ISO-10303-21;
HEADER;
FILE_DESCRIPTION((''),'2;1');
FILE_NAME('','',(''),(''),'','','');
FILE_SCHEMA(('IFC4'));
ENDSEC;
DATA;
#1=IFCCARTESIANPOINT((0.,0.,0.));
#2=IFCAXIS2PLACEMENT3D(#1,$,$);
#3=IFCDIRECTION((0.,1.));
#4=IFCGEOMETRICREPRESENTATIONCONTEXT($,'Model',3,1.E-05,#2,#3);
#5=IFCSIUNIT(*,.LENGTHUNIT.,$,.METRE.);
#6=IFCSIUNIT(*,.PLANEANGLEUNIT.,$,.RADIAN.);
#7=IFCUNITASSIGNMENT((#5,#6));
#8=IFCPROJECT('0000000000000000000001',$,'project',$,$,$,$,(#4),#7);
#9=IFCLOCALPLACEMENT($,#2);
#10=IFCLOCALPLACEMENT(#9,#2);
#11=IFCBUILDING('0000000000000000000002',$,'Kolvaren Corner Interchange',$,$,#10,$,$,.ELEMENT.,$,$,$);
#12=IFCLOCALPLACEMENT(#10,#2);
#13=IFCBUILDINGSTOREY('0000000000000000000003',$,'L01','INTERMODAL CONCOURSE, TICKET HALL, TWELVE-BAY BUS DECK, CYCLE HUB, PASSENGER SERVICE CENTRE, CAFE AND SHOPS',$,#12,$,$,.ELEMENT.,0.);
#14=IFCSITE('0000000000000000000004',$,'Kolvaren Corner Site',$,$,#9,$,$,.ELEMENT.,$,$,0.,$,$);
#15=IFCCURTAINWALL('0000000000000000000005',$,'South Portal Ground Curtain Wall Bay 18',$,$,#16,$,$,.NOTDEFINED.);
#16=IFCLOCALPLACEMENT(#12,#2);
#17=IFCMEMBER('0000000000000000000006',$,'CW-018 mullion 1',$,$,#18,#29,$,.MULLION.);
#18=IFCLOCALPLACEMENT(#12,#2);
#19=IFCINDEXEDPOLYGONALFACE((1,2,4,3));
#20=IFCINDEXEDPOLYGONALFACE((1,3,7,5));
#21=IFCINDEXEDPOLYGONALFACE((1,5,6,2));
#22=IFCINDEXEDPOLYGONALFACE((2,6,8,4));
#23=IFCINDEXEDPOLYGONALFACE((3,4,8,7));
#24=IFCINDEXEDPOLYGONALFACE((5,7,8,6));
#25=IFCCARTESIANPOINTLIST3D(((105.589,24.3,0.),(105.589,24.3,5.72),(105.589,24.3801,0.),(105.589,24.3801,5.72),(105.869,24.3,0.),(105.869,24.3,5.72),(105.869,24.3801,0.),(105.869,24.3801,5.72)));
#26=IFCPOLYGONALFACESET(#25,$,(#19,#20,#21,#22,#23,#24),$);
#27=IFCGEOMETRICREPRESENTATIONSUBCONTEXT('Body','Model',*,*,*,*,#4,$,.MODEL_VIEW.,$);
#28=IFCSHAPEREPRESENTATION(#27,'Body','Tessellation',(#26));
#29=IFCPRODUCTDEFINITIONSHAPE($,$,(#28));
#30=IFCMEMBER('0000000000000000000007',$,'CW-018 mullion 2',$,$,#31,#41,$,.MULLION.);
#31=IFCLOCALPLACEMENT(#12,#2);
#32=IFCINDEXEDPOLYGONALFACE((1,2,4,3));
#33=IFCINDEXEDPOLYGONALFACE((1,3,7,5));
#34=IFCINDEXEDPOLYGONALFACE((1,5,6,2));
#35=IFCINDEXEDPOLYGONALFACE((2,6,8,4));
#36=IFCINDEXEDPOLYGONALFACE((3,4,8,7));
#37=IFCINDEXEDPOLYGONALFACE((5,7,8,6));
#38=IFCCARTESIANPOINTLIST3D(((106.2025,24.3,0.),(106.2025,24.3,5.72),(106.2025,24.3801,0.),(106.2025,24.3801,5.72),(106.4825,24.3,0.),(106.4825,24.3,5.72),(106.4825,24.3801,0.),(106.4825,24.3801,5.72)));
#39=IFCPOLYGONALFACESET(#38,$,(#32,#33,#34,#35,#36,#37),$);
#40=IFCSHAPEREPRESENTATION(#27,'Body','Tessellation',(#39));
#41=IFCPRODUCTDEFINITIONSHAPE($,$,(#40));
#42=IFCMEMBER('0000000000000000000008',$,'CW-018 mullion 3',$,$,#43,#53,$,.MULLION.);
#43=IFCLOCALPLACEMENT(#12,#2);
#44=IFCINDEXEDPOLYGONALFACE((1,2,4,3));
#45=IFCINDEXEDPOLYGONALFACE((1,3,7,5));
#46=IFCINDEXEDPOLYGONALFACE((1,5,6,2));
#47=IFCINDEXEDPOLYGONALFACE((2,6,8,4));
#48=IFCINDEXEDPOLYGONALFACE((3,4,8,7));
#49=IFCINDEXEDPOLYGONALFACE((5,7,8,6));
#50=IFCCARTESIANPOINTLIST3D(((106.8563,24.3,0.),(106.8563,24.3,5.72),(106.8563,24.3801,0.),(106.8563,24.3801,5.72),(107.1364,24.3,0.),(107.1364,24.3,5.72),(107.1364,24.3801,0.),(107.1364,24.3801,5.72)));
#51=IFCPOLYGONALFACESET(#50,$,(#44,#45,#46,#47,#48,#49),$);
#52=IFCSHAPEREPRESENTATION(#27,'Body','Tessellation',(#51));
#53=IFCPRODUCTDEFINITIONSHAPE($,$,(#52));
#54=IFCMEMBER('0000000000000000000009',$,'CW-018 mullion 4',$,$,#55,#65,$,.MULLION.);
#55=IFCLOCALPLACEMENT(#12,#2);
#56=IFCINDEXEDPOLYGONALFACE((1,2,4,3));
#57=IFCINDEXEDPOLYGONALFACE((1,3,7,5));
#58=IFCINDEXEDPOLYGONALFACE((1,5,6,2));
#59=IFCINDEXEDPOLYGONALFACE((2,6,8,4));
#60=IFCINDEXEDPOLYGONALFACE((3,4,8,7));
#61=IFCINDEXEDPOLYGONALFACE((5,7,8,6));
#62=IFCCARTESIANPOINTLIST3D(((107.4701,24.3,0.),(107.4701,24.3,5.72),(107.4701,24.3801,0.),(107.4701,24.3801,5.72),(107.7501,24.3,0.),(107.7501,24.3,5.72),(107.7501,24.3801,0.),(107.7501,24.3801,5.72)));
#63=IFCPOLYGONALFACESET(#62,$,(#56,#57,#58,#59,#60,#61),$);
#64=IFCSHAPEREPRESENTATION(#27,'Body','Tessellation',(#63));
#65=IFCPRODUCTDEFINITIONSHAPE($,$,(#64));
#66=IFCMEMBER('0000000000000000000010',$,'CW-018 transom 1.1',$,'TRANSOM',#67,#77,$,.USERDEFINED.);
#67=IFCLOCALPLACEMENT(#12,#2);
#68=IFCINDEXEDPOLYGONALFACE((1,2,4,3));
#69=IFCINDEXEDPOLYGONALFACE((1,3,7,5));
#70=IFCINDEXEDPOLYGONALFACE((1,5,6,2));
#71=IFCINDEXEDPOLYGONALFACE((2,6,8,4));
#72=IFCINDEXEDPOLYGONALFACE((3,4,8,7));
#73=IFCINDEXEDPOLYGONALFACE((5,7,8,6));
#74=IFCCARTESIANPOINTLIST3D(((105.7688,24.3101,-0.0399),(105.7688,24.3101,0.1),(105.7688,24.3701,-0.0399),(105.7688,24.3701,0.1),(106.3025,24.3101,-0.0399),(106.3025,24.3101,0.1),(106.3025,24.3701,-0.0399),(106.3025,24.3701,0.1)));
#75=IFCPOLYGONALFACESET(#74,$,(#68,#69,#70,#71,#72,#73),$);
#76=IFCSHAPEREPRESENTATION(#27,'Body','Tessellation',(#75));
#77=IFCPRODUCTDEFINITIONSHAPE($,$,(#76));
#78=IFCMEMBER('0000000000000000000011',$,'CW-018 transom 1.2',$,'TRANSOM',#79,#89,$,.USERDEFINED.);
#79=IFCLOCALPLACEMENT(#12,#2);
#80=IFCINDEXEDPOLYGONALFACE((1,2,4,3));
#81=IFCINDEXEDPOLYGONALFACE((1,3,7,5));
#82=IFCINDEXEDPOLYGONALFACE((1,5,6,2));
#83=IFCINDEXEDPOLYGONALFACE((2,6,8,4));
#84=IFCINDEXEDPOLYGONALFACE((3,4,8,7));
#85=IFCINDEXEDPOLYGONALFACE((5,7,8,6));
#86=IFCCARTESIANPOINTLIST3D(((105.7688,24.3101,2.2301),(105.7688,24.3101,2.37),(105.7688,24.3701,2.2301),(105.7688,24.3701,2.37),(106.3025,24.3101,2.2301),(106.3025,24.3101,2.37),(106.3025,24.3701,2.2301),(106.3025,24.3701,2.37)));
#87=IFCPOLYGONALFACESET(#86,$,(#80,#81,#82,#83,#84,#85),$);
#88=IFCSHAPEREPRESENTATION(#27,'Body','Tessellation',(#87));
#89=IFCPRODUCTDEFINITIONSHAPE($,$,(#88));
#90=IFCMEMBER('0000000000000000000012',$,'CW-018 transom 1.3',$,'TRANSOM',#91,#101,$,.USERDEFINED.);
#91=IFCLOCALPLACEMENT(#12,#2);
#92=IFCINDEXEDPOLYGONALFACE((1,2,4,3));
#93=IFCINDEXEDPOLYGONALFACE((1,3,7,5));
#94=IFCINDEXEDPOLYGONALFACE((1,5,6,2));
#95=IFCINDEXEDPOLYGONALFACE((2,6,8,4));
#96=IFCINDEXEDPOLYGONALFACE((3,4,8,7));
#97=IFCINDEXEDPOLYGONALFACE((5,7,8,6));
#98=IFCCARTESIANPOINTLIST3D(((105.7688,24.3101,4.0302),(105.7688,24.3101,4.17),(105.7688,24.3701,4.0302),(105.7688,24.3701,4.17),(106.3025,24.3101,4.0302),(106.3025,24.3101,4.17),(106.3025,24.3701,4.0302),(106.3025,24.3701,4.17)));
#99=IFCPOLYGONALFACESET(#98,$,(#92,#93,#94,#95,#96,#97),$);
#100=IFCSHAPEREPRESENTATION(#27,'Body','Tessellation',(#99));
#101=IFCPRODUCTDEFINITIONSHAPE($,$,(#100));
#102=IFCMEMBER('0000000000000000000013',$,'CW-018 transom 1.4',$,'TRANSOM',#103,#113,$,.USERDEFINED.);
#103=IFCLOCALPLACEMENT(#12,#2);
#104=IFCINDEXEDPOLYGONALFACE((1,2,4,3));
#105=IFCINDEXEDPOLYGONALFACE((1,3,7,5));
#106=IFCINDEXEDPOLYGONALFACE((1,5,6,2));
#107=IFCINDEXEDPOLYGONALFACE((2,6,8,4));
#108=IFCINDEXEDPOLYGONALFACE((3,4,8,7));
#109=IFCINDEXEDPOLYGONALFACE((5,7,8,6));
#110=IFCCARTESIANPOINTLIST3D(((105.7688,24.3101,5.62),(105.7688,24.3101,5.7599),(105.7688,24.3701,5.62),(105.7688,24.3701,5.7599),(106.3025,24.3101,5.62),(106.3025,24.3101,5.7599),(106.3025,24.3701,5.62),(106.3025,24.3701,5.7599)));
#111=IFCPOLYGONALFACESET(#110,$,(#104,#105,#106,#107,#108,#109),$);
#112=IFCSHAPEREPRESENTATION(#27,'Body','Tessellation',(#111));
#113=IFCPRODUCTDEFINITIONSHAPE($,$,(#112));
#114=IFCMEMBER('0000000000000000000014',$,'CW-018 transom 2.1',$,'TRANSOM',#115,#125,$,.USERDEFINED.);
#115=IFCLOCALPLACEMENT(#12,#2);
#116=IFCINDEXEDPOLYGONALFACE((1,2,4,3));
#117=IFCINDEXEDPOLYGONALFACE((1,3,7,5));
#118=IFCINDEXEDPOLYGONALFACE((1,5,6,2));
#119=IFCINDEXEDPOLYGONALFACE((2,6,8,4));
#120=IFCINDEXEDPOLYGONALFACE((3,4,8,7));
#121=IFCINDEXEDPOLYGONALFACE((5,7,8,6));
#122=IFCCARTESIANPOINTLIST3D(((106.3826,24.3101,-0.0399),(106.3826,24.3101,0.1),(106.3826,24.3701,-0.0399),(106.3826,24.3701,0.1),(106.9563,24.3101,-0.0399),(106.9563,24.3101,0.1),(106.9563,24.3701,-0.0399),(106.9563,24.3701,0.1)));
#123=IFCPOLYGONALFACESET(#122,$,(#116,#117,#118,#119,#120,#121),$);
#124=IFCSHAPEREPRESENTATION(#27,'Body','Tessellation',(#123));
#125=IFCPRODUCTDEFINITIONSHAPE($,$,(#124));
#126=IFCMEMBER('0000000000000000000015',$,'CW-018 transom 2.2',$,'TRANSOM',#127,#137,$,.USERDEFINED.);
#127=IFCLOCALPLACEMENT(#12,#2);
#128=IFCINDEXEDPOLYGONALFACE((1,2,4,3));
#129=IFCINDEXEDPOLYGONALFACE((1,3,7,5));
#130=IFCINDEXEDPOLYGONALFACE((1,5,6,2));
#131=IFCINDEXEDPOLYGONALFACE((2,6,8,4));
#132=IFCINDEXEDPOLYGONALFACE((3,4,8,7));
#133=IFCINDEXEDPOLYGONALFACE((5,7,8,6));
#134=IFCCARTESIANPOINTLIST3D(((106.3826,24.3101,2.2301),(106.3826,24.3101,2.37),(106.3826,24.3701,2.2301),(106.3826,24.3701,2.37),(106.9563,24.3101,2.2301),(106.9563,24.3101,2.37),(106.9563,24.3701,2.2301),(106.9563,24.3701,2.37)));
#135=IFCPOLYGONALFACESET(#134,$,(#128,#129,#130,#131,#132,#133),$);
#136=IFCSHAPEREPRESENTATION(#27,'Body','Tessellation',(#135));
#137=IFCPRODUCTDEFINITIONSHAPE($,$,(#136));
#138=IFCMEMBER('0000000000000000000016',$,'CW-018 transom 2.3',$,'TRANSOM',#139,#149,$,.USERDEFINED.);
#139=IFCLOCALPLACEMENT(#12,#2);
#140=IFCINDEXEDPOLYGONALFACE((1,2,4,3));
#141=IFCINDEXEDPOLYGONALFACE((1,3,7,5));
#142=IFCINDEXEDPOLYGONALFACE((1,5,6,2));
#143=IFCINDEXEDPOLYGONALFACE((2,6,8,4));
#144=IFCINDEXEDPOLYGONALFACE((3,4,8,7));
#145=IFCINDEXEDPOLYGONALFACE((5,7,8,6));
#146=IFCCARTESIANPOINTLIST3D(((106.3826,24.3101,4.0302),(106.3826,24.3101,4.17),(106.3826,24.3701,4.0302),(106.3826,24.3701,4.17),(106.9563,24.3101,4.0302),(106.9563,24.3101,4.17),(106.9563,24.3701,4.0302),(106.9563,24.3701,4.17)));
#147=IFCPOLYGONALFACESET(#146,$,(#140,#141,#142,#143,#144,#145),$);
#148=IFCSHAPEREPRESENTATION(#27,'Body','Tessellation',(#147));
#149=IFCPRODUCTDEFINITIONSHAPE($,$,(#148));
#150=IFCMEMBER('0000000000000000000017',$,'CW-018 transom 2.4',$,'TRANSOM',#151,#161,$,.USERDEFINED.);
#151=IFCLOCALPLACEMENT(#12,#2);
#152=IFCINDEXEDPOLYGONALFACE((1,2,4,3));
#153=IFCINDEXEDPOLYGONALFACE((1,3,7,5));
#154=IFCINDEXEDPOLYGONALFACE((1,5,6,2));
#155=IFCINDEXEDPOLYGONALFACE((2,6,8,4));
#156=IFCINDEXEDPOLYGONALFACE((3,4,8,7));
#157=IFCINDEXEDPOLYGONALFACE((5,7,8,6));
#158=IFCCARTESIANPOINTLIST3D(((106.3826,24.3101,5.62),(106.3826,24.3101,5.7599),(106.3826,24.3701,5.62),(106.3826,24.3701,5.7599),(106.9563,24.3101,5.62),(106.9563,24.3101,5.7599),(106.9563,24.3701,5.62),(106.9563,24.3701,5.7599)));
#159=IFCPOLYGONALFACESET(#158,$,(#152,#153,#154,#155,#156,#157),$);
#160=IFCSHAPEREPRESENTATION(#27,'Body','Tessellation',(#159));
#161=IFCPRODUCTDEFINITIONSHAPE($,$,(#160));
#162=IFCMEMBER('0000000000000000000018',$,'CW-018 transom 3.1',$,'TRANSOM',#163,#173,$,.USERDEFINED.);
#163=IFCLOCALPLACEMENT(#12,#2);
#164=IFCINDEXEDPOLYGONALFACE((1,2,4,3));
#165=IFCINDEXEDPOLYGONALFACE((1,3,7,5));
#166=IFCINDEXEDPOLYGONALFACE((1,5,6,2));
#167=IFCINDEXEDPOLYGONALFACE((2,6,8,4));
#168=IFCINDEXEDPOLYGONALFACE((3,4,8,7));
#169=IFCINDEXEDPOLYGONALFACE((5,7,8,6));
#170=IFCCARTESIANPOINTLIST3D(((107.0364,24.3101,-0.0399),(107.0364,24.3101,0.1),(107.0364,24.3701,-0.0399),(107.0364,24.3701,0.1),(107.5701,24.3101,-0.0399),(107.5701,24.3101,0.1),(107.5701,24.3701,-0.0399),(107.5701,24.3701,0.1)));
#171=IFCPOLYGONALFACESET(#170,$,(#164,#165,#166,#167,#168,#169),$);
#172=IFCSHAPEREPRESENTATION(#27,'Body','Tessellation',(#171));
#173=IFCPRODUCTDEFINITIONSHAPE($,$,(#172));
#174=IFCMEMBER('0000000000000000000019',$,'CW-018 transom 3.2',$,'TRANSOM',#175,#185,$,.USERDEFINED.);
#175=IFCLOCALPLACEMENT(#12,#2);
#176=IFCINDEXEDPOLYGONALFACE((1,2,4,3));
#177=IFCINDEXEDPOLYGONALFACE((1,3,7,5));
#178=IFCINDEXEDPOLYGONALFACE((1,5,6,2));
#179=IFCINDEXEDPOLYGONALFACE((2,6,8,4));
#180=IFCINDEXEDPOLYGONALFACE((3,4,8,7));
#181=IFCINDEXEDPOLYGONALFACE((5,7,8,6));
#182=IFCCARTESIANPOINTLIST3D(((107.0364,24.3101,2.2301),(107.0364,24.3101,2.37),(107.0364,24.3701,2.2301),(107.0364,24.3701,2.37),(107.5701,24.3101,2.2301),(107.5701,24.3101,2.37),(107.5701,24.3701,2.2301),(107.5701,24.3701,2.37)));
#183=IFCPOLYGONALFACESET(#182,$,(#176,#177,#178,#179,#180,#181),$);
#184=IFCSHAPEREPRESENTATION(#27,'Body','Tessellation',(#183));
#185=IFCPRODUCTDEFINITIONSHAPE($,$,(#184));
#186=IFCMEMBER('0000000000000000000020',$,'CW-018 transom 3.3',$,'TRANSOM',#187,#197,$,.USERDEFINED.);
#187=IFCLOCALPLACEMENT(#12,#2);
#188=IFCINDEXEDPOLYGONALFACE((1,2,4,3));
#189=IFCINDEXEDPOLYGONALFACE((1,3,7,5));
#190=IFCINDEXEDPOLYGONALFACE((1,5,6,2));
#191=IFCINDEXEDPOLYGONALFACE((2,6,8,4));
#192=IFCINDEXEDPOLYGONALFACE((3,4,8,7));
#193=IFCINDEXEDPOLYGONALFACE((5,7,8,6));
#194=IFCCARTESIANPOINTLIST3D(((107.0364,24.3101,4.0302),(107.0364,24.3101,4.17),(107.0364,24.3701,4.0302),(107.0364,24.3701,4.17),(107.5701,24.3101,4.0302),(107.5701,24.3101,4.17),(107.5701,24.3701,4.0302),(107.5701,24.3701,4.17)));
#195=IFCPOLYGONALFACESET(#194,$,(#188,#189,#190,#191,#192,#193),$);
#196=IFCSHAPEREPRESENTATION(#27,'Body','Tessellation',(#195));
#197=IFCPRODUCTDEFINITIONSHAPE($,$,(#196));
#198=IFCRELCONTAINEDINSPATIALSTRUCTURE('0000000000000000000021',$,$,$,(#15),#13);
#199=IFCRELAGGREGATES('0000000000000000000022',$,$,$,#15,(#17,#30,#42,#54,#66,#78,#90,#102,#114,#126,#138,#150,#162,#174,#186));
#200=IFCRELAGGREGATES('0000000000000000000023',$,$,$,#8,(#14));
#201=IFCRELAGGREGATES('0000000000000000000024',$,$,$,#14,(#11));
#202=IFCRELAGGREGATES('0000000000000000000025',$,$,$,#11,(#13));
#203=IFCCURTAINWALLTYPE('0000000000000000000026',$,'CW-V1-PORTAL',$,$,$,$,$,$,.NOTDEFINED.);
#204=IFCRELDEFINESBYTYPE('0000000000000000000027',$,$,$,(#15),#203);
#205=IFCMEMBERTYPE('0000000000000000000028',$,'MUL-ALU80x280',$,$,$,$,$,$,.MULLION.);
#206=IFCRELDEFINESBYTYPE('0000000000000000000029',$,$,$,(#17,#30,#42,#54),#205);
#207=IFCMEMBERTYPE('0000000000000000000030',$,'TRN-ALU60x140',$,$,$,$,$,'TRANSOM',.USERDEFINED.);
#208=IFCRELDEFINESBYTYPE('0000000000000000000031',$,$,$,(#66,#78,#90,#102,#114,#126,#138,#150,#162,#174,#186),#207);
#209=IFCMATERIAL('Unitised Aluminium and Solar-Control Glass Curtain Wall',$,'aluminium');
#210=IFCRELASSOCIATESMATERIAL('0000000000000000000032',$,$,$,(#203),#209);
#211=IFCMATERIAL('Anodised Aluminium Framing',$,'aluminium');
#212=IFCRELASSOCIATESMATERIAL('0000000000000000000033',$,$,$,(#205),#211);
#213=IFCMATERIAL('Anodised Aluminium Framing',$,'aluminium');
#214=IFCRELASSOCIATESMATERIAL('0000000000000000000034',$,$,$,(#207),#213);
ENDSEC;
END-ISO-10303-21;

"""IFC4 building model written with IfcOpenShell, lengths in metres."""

from ifc_helpers import new_model, si_unit, direction, frame, origin, origin_2d, place, context, subcontext, project, spatial, rectangle, extrude, material, material_profile, profile_set, type_object, element, aggregate, save


model = new_model("IFC4")

# Units and contexts
model_context = context("Model", 3, precision=1e-05, world=origin(), true_north=direction((0.0, 1.0)))
body_context = subcontext(model_context, "Body", "Model", "MODEL_VIEW")
ifc_project = project(units=[si_unit("LENGTHUNIT", "METRE"), si_unit("PLANEANGLEUNIT", "RADIAN")], contexts=[model_context])

# Site, building, storey
site_placement = place(None, origin())
site = spatial("IfcSite", under=ifc_project, at=site_placement, Name="Kolvaren Corner Site", CompositionType="ELEMENT", RefElevation=0.0)
building_placement = place(site_placement, origin())
building = spatial("IfcBuilding", under=site, at=building_placement, Name="Kolvaren Corner Interchange", CompositionType="ELEMENT")
storey_placement = place(building_placement, origin())
storey = spatial("IfcBuildingStorey", under=building, at=storey_placement, Name="L01", Description="INTERMODAL CONCOURSE, TICKET HALL, TWELVE-BAY BUS DECK, CYCLE HUB, PASSENGER SERVICE CENTRE, CAFE AND SHOPS", CompositionType="ELEMENT", Elevation=0.0)

# Curtain wall, members
ifc_material_1 = material(Name="Unitised Aluminium and Solar-Control Glass Curtain Wall", Category="aluminium")
curtain_wall_type = type_object("IfcCurtainWallType", Name="CW-V1-PORTAL", PredefinedType="NOTDEFINED", material=ifc_material_1)
curtain_wall_placement = place(storey_placement, origin())
curtain_wall = element("IfcCurtainWall", 1, at=curtain_wall_placement, inside=storey, type_object=curtain_wall_type, Name="South Portal Ground Curtain Wall Bay 18", PredefinedType="NOTDEFINED")
ifc_material_2 = material(Name="Anodised Aluminium Framing", Category="aluminium")
ifc_material_profile_1 = material_profile(ifc_material_2, rectangle(XDim=0.0801, YDim=0.28, at=origin_2d()), Name="ALU 80x280")
ifc_profile_set_1 = profile_set([ifc_material_profile_1], Name="Anodised Aluminium Framing")
member_type_1 = type_object("IfcMemberType", Name="MUL-ALU80x280", PredefinedType="MULLION", material=ifc_profile_set_1)
member_1_placement = place(storey_placement, frame((105.729, 24.3401, 0.0), z_axis=(0.0, 0.0, 1.0), x_axis=(0.0, 1.0, 0.0)))
member_1 = element("IfcMember", 2, at=member_1_placement, type_object=member_type_1, Name="CW-018 mullion 1", PredefinedType="MULLION", context=body_context, shape_type="SweptSolid", body=[
    extrude(rectangle(XDim=0.0801, YDim=0.28, at=origin_2d()), origin(), (0.0, 0.0, 1.0), 5.72),
])
member_2_placement = place(storey_placement, frame((106.3425, 24.3401, 0.0), z_axis=(0.0, 0.0, 1.0), x_axis=(0.0, 1.0, 0.0)))
member_2 = element("IfcMember", 3, at=member_2_placement, type_object=member_type_1, Name="CW-018 mullion 2", PredefinedType="MULLION", context=body_context, shape_type="SweptSolid", body=[
    extrude(rectangle(XDim=0.0801, YDim=0.28, at=origin_2d()), origin(), (0.0, 0.0, 1.0), 5.72),
])
member_3_placement = place(storey_placement, frame((106.9963, 24.3401, 0.0), z_axis=(0.0, 0.0, 1.0), x_axis=(0.0, 1.0, 0.0)))
member_3 = element("IfcMember", 4, at=member_3_placement, type_object=member_type_1, Name="CW-018 mullion 3", PredefinedType="MULLION", context=body_context, shape_type="SweptSolid", body=[
    extrude(rectangle(XDim=0.0801, YDim=0.28, at=origin_2d()), origin(), (0.0, 0.0, 1.0), 5.72),
])
member_4_placement = place(storey_placement, frame((107.6101, 24.3401, 0.0), z_axis=(0.0, 0.0, 1.0), x_axis=(0.0, 1.0, 0.0)))
member_4 = element("IfcMember", 5, at=member_4_placement, type_object=member_type_1, Name="CW-018 mullion 4", PredefinedType="MULLION", context=body_context, shape_type="SweptSolid", body=[
    extrude(rectangle(XDim=0.0801, YDim=0.28, at=origin_2d()), origin(), (0.0, 0.0, 1.0), 5.72),
])
ifc_material_3 = material(Name="Anodised Aluminium Framing", Category="aluminium")
ifc_material_profile_2 = material_profile(ifc_material_3, rectangle(XDim=0.0601, YDim=0.1399, at=origin_2d()), Name="ALU 60x140")
ifc_profile_set_2 = profile_set([ifc_material_profile_2], Name="Anodised Aluminium Framing")
member_type_2 = type_object("IfcMemberType", Name="TRN-ALU60x140", ElementType="TRANSOM", PredefinedType="USERDEFINED", material=ifc_profile_set_2)
member_5_placement = place(storey_placement, frame((105.7688, 24.3401, 0.03), z_axis=(1.0, 0.0, 0.0), x_axis=(0.0, 1.0, 0.0)))
member_5 = element("IfcMember", 6, at=member_5_placement, type_object=member_type_2, Name="CW-018 transom 1.1", ObjectType="TRANSOM", PredefinedType="USERDEFINED", context=body_context, shape_type="SweptSolid", body=[
    extrude(rectangle(XDim=0.0601, YDim=0.1399, at=origin_2d()), origin(), (0.0, 0.0, 1.0), 0.5337),
])
member_6_placement = place(storey_placement, frame((105.7688, 24.3401, 2.3), z_axis=(1.0, 0.0, 0.0), x_axis=(0.0, 1.0, 0.0)))
member_6 = element("IfcMember", 7, at=member_6_placement, type_object=member_type_2, Name="CW-018 transom 1.2", ObjectType="TRANSOM", PredefinedType="USERDEFINED", context=body_context, shape_type="SweptSolid", body=[
    extrude(rectangle(XDim=0.0601, YDim=0.1399, at=origin_2d()), origin(), (0.0, 0.0, 1.0), 0.5337),
])
member_7_placement = place(storey_placement, frame((105.7688, 24.3401, 4.1001), z_axis=(1.0, 0.0, 0.0), x_axis=(0.0, 1.0, 0.0)))
member_7 = element("IfcMember", 8, at=member_7_placement, type_object=member_type_2, Name="CW-018 transom 1.3", ObjectType="TRANSOM", PredefinedType="USERDEFINED", context=body_context, shape_type="SweptSolid", body=[
    extrude(rectangle(XDim=0.0601, YDim=0.1399, at=origin_2d()), origin(), (0.0, 0.0, 1.0), 0.5337),
])
member_8_placement = place(storey_placement, frame((105.7688, 24.3401, 5.6899), z_axis=(1.0, 0.0, 0.0), x_axis=(0.0, 1.0, 0.0)))
member_8 = element("IfcMember", 9, at=member_8_placement, type_object=member_type_2, Name="CW-018 transom 1.4", ObjectType="TRANSOM", PredefinedType="USERDEFINED", context=body_context, shape_type="SweptSolid", body=[
    extrude(rectangle(XDim=0.0601, YDim=0.1399, at=origin_2d()), origin(), (0.0, 0.0, 1.0), 0.5337),
])
member_9_placement = place(storey_placement, frame((106.3826, 24.3401, 0.03), z_axis=(1.0, 0.0, 0.0), x_axis=(0.0, 1.0, 0.0)))
member_9 = element("IfcMember", 10, at=member_9_placement, type_object=member_type_2, Name="CW-018 transom 2.1", ObjectType="TRANSOM", PredefinedType="USERDEFINED", context=body_context, shape_type="SweptSolid", body=[
    extrude(rectangle(XDim=0.0601, YDim=0.1399, at=origin_2d()), origin(), (0.0, 0.0, 1.0), 0.5737),
])
member_10_placement = place(storey_placement, frame((106.3826, 24.3401, 2.3), z_axis=(1.0, 0.0, 0.0), x_axis=(0.0, 1.0, 0.0)))
member_10 = element("IfcMember", 11, at=member_10_placement, type_object=member_type_2, Name="CW-018 transom 2.2", ObjectType="TRANSOM", PredefinedType="USERDEFINED", context=body_context, shape_type="SweptSolid", body=[
    extrude(rectangle(XDim=0.0601, YDim=0.1399, at=origin_2d()), origin(), (0.0, 0.0, 1.0), 0.5737),
])
member_11_placement = place(storey_placement, frame((106.3826, 24.3401, 4.1001), z_axis=(1.0, 0.0, 0.0), x_axis=(0.0, 1.0, 0.0)))
member_11 = element("IfcMember", 12, at=member_11_placement, type_object=member_type_2, Name="CW-018 transom 2.3", ObjectType="TRANSOM", PredefinedType="USERDEFINED", context=body_context, shape_type="SweptSolid", body=[
    extrude(rectangle(XDim=0.0601, YDim=0.1399, at=origin_2d()), origin(), (0.0, 0.0, 1.0), 0.5737),
])
member_12_placement = place(storey_placement, frame((106.3826, 24.3401, 5.6899), z_axis=(1.0, 0.0, 0.0), x_axis=(0.0, 1.0, 0.0)))
member_12 = element("IfcMember", 13, at=member_12_placement, type_object=member_type_2, Name="CW-018 transom 2.4", ObjectType="TRANSOM", PredefinedType="USERDEFINED", context=body_context, shape_type="SweptSolid", body=[
    extrude(rectangle(XDim=0.0601, YDim=0.1399, at=origin_2d()), origin(), (0.0, 0.0, 1.0), 0.5737),
])
member_13_placement = place(storey_placement, frame((107.0364, 24.3401, 0.03), z_axis=(1.0, 0.0, 0.0), x_axis=(0.0, 1.0, 0.0)))
member_13 = element("IfcMember", 14, at=member_13_placement, type_object=member_type_2, Name="CW-018 transom 3.1", ObjectType="TRANSOM", PredefinedType="USERDEFINED", context=body_context, shape_type="SweptSolid", body=[
    extrude(rectangle(XDim=0.0601, YDim=0.1399, at=origin_2d()), origin(), (0.0, 0.0, 1.0), 0.5337),
])
member_14_placement = place(storey_placement, frame((107.0364, 24.3401, 2.3), z_axis=(1.0, 0.0, 0.0), x_axis=(0.0, 1.0, 0.0)))
member_14 = element("IfcMember", 15, at=member_14_placement, type_object=member_type_2, Name="CW-018 transom 3.2", ObjectType="TRANSOM", PredefinedType="USERDEFINED", context=body_context, shape_type="SweptSolid", body=[
    extrude(rectangle(XDim=0.0601, YDim=0.1399, at=origin_2d()), origin(), (0.0, 0.0, 1.0), 0.5337),
])
member_15_placement = place(storey_placement, frame((107.0364, 24.3401, 4.1001), z_axis=(1.0, 0.0, 0.0), x_axis=(0.0, 1.0, 0.0)))
member_15 = element("IfcMember", 16, at=member_15_placement, type_object=member_type_2, Name="CW-018 transom 3.3", ObjectType="TRANSOM", PredefinedType="USERDEFINED", context=body_context, shape_type="SweptSolid", body=[
    extrude(rectangle(XDim=0.0601, YDim=0.1399, at=origin_2d()), origin(), (0.0, 0.0, 1.0), 0.5337),
])
aggregate(curtain_wall, [member_1, member_2, member_3, member_4, member_5, member_6, member_7, member_8, member_9, member_10, member_11, member_12, member_13, member_14, member_15])

save(model, "model.ifc")
